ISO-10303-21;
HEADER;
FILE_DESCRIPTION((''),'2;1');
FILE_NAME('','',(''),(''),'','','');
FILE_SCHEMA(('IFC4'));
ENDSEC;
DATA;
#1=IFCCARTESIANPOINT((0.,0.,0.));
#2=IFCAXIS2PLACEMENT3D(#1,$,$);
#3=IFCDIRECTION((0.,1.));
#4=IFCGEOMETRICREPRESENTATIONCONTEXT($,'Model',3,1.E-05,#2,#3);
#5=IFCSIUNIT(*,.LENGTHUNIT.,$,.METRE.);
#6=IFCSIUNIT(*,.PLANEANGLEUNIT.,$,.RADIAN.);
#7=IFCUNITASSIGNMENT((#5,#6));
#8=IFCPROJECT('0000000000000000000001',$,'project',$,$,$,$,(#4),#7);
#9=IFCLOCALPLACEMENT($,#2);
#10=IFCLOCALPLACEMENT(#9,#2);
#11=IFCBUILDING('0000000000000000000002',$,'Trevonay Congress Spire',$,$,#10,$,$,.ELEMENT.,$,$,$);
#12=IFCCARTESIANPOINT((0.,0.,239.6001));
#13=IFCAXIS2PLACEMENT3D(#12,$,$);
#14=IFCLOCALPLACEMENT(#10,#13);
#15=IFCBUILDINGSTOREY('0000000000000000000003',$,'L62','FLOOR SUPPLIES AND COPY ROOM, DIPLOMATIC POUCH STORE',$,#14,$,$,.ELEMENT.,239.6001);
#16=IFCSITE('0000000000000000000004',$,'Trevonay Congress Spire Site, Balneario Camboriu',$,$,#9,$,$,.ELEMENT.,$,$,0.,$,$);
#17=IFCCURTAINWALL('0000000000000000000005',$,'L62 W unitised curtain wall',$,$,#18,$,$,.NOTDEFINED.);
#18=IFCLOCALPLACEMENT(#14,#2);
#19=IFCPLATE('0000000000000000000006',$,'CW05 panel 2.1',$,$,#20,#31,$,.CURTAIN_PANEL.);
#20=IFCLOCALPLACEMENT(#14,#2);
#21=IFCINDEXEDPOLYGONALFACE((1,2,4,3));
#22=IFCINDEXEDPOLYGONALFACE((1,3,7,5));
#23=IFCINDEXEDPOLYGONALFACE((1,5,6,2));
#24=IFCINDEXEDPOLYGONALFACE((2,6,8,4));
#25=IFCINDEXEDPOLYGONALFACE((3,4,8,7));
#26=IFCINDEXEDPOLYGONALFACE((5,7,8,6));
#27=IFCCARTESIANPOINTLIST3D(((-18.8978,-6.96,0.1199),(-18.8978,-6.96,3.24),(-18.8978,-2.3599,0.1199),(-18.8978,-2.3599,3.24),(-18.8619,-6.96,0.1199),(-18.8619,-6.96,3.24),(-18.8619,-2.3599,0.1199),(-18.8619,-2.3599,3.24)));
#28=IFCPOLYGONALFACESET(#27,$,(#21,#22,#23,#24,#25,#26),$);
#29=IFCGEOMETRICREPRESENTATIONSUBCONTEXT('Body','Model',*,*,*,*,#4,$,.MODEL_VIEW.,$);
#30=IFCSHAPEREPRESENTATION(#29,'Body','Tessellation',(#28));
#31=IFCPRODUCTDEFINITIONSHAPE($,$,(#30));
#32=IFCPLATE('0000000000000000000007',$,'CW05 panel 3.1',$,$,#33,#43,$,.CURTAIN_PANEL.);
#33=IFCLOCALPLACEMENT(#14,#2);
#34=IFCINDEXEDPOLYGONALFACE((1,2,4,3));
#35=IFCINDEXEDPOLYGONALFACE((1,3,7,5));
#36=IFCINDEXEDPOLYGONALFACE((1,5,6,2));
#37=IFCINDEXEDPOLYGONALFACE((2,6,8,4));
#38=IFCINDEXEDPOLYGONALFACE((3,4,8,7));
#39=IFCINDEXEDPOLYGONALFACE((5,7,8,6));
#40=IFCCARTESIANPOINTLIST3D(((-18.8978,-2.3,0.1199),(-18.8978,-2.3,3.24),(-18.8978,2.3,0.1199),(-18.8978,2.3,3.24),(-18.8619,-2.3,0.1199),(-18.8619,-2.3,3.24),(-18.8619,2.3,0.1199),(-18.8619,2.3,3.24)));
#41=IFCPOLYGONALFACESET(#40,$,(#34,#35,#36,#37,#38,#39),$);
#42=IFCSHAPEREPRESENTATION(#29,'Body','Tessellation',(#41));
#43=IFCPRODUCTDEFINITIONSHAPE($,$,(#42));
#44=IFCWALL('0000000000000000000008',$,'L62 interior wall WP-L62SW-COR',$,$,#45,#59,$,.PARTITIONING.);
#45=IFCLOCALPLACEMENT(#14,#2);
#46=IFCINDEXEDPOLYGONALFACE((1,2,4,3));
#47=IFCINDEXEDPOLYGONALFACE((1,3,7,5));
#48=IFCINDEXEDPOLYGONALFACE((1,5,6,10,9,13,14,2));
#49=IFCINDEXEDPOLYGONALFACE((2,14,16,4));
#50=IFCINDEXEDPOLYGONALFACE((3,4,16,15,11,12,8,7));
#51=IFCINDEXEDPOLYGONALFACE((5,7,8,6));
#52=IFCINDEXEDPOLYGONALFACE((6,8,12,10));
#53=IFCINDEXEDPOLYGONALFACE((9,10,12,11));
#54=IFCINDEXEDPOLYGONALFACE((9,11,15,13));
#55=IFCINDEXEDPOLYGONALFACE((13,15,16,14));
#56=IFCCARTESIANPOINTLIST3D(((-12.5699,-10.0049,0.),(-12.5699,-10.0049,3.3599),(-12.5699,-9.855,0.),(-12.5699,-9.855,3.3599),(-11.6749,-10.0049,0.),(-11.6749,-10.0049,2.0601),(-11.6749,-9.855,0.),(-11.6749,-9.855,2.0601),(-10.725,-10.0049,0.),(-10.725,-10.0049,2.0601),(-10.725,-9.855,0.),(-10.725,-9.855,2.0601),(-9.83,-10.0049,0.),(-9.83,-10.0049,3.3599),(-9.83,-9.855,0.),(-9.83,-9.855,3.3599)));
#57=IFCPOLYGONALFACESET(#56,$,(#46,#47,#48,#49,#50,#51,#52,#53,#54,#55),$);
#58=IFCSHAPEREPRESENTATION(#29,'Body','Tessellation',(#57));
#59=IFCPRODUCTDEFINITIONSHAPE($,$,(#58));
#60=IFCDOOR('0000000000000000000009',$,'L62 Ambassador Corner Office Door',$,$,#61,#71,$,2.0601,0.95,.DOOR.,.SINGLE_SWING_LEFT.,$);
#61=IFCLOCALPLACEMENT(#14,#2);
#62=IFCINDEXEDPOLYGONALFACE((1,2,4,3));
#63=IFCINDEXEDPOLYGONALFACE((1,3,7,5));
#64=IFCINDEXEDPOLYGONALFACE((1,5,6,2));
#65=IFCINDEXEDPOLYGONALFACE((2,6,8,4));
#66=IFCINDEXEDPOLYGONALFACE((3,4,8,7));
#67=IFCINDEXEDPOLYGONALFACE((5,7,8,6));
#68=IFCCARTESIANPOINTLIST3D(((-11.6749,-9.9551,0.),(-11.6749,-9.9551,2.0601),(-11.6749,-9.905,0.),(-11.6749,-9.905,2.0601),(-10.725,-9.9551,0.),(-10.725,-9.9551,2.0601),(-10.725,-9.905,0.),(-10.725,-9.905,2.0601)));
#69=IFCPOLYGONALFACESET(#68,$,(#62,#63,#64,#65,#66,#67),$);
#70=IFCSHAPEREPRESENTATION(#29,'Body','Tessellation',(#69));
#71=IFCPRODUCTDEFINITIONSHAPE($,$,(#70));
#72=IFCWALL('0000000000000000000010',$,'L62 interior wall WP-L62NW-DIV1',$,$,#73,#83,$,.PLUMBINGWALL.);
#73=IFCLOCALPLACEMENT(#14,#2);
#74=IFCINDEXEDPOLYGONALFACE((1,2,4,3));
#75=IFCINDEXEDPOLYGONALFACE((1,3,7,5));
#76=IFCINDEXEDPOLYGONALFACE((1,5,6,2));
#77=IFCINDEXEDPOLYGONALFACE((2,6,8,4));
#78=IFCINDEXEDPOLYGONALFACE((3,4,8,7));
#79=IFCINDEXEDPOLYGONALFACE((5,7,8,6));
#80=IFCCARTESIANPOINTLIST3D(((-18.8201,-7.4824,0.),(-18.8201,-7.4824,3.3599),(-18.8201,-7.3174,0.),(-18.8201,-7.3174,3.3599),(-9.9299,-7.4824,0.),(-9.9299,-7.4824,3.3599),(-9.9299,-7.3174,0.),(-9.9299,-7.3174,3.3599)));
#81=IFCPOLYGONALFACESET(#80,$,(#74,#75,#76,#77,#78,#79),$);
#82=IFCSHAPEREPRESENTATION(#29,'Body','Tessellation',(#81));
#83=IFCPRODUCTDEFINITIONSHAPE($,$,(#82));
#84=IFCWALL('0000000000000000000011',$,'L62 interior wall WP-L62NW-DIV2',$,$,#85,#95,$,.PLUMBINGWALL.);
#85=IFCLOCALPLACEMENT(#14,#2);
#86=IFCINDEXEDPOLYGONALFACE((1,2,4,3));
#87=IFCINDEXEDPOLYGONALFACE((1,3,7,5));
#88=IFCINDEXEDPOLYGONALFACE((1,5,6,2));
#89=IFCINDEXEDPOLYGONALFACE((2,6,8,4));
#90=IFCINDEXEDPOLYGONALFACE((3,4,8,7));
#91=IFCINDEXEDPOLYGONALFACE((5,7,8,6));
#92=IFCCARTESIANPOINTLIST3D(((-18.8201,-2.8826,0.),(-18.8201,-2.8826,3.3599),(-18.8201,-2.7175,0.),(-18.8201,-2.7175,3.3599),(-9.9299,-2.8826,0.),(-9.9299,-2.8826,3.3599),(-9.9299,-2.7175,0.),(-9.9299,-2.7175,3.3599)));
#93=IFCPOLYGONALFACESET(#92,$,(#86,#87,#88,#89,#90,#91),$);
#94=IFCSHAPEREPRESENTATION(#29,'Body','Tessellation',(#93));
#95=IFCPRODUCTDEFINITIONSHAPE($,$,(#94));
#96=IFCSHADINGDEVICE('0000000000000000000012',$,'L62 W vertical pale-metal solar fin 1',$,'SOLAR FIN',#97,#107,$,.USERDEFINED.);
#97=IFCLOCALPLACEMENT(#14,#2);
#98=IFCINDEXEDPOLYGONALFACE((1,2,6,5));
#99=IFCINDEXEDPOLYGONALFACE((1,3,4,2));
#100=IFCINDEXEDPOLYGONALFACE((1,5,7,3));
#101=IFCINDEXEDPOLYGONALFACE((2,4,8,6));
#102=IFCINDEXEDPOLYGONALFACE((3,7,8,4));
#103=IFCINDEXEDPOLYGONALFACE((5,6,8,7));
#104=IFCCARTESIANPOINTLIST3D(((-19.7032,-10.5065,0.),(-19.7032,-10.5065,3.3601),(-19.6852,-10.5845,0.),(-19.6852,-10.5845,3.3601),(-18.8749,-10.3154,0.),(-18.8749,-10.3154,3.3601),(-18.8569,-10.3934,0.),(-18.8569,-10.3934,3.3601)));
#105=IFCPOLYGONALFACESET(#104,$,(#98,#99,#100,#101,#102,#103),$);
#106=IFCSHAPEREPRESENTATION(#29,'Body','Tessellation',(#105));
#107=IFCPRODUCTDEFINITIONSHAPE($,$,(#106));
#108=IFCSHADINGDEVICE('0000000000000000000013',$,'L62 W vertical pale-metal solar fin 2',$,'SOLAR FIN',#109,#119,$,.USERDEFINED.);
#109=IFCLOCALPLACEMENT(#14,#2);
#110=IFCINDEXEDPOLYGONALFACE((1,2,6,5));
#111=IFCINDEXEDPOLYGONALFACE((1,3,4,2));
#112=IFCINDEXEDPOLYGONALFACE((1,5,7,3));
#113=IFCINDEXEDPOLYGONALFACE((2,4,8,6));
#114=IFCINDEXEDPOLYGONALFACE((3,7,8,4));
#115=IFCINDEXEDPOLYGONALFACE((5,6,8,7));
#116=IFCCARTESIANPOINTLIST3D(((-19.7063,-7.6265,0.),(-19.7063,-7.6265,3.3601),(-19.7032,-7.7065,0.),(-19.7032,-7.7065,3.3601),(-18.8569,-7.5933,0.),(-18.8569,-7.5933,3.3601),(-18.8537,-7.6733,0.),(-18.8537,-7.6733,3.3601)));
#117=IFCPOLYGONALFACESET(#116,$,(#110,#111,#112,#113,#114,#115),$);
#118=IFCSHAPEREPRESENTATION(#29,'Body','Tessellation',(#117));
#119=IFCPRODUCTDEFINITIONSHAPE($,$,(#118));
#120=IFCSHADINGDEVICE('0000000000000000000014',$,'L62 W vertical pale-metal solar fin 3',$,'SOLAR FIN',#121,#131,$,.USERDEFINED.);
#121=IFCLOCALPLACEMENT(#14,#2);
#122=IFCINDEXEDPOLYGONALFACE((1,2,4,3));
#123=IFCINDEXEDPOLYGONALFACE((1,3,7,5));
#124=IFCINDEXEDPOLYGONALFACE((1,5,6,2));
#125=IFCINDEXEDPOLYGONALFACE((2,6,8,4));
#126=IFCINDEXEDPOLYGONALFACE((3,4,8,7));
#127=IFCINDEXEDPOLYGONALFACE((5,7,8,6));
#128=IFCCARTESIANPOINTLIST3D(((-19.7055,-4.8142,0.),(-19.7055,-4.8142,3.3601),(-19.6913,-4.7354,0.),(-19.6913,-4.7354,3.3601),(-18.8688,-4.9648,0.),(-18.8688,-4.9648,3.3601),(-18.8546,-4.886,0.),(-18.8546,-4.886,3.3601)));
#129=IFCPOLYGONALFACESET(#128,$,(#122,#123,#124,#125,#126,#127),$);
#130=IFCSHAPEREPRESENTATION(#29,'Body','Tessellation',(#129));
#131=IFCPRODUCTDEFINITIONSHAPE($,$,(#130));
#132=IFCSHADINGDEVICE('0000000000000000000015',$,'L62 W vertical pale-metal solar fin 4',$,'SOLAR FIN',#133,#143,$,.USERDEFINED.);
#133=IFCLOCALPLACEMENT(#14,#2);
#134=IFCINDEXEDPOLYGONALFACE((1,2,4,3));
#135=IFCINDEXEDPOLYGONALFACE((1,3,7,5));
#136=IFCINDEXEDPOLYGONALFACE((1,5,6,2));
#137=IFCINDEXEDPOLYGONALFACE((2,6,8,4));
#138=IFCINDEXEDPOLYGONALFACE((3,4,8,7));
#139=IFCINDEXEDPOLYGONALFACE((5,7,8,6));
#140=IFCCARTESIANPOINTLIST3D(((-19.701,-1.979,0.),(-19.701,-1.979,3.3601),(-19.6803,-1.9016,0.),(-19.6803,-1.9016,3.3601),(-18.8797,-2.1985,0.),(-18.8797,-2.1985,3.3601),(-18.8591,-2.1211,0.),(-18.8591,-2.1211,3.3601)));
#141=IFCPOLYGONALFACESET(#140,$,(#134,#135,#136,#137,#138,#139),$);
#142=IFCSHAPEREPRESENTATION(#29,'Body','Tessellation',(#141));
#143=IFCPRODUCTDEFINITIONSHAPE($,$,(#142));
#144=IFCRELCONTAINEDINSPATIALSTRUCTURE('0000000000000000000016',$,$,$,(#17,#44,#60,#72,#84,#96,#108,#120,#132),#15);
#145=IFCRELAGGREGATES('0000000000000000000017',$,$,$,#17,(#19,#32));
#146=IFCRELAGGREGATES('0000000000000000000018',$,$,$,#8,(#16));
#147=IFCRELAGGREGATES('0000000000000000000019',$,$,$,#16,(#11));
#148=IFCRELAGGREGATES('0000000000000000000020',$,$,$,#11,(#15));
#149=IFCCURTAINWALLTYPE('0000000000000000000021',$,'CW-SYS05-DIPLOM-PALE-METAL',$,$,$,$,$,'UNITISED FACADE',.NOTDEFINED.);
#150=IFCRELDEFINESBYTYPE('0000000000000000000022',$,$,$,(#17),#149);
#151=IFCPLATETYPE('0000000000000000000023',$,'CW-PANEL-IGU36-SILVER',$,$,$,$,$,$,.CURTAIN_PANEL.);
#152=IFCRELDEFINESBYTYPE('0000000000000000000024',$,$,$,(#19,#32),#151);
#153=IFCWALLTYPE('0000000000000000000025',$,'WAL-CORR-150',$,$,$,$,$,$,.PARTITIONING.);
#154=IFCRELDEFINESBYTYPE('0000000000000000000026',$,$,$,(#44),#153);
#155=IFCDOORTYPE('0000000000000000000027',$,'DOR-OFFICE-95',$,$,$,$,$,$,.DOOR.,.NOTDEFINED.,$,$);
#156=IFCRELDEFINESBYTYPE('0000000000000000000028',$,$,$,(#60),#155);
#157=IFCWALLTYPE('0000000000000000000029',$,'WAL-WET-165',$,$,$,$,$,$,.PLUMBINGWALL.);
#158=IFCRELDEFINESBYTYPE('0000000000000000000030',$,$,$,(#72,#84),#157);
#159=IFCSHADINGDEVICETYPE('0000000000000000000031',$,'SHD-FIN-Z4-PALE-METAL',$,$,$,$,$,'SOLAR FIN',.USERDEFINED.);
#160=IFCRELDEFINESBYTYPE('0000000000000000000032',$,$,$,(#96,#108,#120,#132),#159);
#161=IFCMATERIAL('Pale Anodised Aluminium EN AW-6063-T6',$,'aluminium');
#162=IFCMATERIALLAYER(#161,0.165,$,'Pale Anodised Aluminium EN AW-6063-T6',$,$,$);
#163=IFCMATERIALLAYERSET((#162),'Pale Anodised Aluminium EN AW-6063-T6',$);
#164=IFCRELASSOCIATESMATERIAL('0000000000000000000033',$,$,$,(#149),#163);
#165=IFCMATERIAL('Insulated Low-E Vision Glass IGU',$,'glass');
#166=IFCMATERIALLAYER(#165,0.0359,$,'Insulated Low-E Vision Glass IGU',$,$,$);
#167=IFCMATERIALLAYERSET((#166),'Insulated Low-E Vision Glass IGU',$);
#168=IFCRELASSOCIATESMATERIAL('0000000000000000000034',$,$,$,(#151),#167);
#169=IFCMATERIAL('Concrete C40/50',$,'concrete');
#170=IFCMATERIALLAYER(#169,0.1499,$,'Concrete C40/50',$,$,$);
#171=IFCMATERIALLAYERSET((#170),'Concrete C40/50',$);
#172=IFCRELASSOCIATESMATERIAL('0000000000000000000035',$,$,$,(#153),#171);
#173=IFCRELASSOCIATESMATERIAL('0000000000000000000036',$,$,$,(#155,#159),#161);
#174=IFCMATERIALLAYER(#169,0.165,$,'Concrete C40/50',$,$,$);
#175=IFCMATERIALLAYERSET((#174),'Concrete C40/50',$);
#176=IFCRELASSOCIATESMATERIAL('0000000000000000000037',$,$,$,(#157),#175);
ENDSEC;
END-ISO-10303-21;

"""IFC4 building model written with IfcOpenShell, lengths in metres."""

from ifc_helpers import new_model, si_unit, direction, frame, frame_2d, origin, origin_2d, place, context, subcontext, project, spatial, rectangle, extrude, material, layer, layer_set, type_object, element, fill, aggregate, save


model = new_model("IFC4")

# Units and contexts
model_context = context("Model", 3, precision=1e-05, world=origin(), true_north=direction((0.0, 1.0)))
body_context = subcontext(model_context, "Body", "Model", "MODEL_VIEW")
ifc_project = project(units=[si_unit("LENGTHUNIT", "METRE"), si_unit("PLANEANGLEUNIT", "RADIAN")], contexts=[model_context])

# Site, building, storey
site_placement = place(None, origin())
site = spatial("IfcSite", under=ifc_project, at=site_placement, Name="Trevonay Congress Spire Site, Balneario Camboriu", CompositionType="ELEMENT", RefElevation=0.0)
building_placement = place(site_placement, origin())
building = spatial("IfcBuilding", under=site, at=building_placement, Name="Trevonay Congress Spire", CompositionType="ELEMENT")
storey_placement = place(building_placement, frame((0.0, 0.0, 239.6001)))
storey = spatial("IfcBuildingStorey", under=building, at=storey_placement, Name="L62", Description="FLOOR SUPPLIES AND COPY ROOM, DIPLOMATIC POUCH STORE", CompositionType="ELEMENT", Elevation=239.6001)

# Curtain wall, plates
ifc_material_1 = material(Name="Pale Anodised Aluminium EN AW-6063-T6", Category="aluminium")
ifc_layer_1 = layer(ifc_material_1, 0.165, Name="Pale Anodised Aluminium EN AW-6063-T6")
ifc_layer_set_1 = layer_set([ifc_layer_1], Name="Pale Anodised Aluminium EN AW-6063-T6")
curtain_wall_type = type_object("IfcCurtainWallType", Name="CW-SYS05-DIPLOM-PALE-METAL", ElementType="UNITISED FACADE", PredefinedType="NOTDEFINED", material=ifc_layer_set_1)
curtain_wall_placement = place(storey_placement, origin())
curtain_wall = element("IfcCurtainWall", 1, at=curtain_wall_placement, inside=storey, type_object=curtain_wall_type, Name="L62 W unitised curtain wall", PredefinedType="NOTDEFINED")
ifc_material_2 = material(Name="Insulated Low-E Vision Glass IGU", Category="glass")
ifc_layer_2 = layer(ifc_material_2, 0.0359, Name="Insulated Low-E Vision Glass IGU")
ifc_layer_set_2 = layer_set([ifc_layer_2], Name="Insulated Low-E Vision Glass IGU")
plate_type = type_object("IfcPlateType", Name="CW-PANEL-IGU36-SILVER", PredefinedType="CURTAIN_PANEL", material=ifc_layer_set_2)
plate_1_placement = place(storey_placement, frame((-18.8799, -4.6599, 0.1199), z_axis=(0.0, 0.0, 1.0), x_axis=(0.0, 1.0, 0.0)))
plate_1 = element("IfcPlate", 2, at=plate_1_placement, type_object=plate_type, Name="CW05 panel 2.1", PredefinedType="CURTAIN_PANEL", context=body_context, shape_type="SweptSolid", body=[
    extrude(rectangle(XDim=4.6001, YDim=0.0359, at=origin_2d()), origin(), (0.0, 0.0, 1.0), 3.1201),
])
plate_2_placement = place(storey_placement, frame((-18.8799, 0.0, 0.1199), z_axis=(0.0, 0.0, 1.0), x_axis=(0.0, 1.0, 0.0)))
plate_2 = element("IfcPlate", 3, at=plate_2_placement, type_object=plate_type, Name="CW05 panel 3.1", PredefinedType="CURTAIN_PANEL", context=body_context, shape_type="SweptSolid", body=[
    extrude(rectangle(XDim=4.6001, YDim=0.0359, at=origin_2d()), origin(), (0.0, 0.0, 1.0), 3.1201),
])
aggregate(curtain_wall, [plate_1, plate_2])

# Wall, opening, door
ifc_material_3 = material(Name="Concrete C40/50", Category="concrete")
ifc_layer_3 = layer(ifc_material_3, 0.1499, Name="Concrete C40/50")
ifc_layer_set_3 = layer_set([ifc_layer_3], Name="Concrete C40/50")
wall_type_1 = type_object("IfcWallType", Name="WAL-CORR-150", PredefinedType="PARTITIONING", material=ifc_layer_set_3)
wall_placement = place(storey_placement, frame((-12.5701, -9.9299, 0.0), z_axis=(0.0, 0.0, 1.0), x_axis=(1.0, 0.0, 0.0)))
wall = element("IfcWall", 4, at=wall_placement, inside=storey, type_object=wall_type_1, Name="L62 interior wall WP-L62SW-COR", PredefinedType="PARTITIONING", context=body_context, shape_type="SweptSolid", body=[
    extrude(rectangle(XDim=2.74, YDim=0.1499, at=frame_2d((1.3701, 0.0))), origin(), (0.0, 0.0, 1.0), 3.3599),
])
opening_placement = place(wall_placement, frame((0.895, 0.0, 0.0)))
opening = element("IfcOpeningElement", 5, at=opening_placement, cuts=wall, PredefinedType="OPENING", context=body_context, shape_type="SweptSolid", body=[
    extrude(rectangle(XDim=0.95, YDim=2.0601, at=frame_2d((0.4751, 1.03))), frame((0.0, 0.085, 0.0), z_axis=(0.0, -1.0, 0.0), x_axis=(1.0, 0.0, 0.0)), (0.0, 0.0, 1.0), 0.1699),
])
door_type = type_object("IfcDoorType", Name="DOR-OFFICE-95", OperationType="NOTDEFINED", PredefinedType="DOOR", material=ifc_material_1)
door_placement = place(opening_placement, origin())
door = element("IfcDoor", 6, at=door_placement, inside=storey, type_object=door_type, Name="L62 Ambassador Corner Office Door", OperationType="SINGLE_SWING_LEFT", OverallHeight=2.0601, OverallWidth=0.95, PredefinedType="DOOR", context=body_context, shape_type="SweptSolid", body=[
    extrude(rectangle(XDim=0.95, YDim=2.0601, at=frame_2d((0.4751, 1.03))), frame((0.0, 0.0249, 0.0), z_axis=(0.0, -1.0, 0.0), x_axis=(1.0, 0.0, 0.0)), (0.0, 0.0, 1.0), 0.05),
])
fill(opening, door)

# Walls
ifc_layer_4 = layer(ifc_material_3, 0.165, Name="Concrete C40/50")
ifc_layer_set_4 = layer_set([ifc_layer_4], Name="Concrete C40/50")
wall_type_2 = type_object("IfcWallType", Name="WAL-WET-165", PredefinedType="PLUMBINGWALL", material=ifc_layer_set_4)
for number, where, z_axis, x_axis, name in (
    (7, (-18.8201, -7.3999, 0.0), (0.0, 0.0, 1.0), (1.0, 0.0, 0.0), "L62 interior wall WP-L62NW-DIV1"),
    (8, (-18.8201, -2.8, 0.0), (0.0, 0.0, 1.0), (1.0, 0.0, 0.0), "L62 interior wall WP-L62NW-DIV2"),
):
    element("IfcWall", number, at=place(storey_placement, frame(where, z_axis=z_axis, x_axis=x_axis)), inside=storey, type_object=wall_type_2, Name=name, PredefinedType="PLUMBINGWALL", context=body_context, shape_type="SweptSolid", body=[
        extrude(rectangle(XDim=8.8901, YDim=0.165, at=frame_2d((4.4451, 0.0))), origin(), (0.0, 0.0, 1.0), 3.3599),
    ])

# Shading devices
shading_device_type = type_object("IfcShadingDeviceType", Name="SHD-FIN-Z4-PALE-METAL", ElementType="SOLAR FIN", PredefinedType="USERDEFINED", material=ifc_material_1)
for number, where, z_axis, x_axis, name in (
    (9, (-19.28, -10.45, 0.0), (0.0, 0.0, 1.0), (-0.224781, 0.974409, 0.0), "L62 W vertical pale-metal solar fin 1"),
    (10, (-19.28, -7.6499, 0.0), (0.0, 0.0, 1.0), (-0.039085, 0.999236, 0.0), "L62 W vertical pale-metal solar fin 2"),
    (11, (-19.28, -4.8501, 0.0), (0.0, 0.0, 1.0), (0.177085, 0.984196, 0.0), "L62 W vertical pale-metal solar fin 3"),
    (12, (-19.28, -2.05, 0.0), (0.0, 0.0, 1.0), (0.258145, 0.966106, 0.0), "L62 W vertical pale-metal solar fin 4"),
):
    element("IfcShadingDevice", number, at=place(storey_placement, frame(where, z_axis=z_axis, x_axis=x_axis)), inside=storey, type_object=shading_device_type, Name=name, ObjectType="SOLAR FIN", PredefinedType="USERDEFINED", context=body_context, shape_type="SweptSolid", body=[
        extrude(rectangle(XDim=0.0801, YDim=0.8501, at=origin_2d()), origin(), (0.0, 0.0, 1.0), 3.3601),
    ])

save(model, "model.ifc")
